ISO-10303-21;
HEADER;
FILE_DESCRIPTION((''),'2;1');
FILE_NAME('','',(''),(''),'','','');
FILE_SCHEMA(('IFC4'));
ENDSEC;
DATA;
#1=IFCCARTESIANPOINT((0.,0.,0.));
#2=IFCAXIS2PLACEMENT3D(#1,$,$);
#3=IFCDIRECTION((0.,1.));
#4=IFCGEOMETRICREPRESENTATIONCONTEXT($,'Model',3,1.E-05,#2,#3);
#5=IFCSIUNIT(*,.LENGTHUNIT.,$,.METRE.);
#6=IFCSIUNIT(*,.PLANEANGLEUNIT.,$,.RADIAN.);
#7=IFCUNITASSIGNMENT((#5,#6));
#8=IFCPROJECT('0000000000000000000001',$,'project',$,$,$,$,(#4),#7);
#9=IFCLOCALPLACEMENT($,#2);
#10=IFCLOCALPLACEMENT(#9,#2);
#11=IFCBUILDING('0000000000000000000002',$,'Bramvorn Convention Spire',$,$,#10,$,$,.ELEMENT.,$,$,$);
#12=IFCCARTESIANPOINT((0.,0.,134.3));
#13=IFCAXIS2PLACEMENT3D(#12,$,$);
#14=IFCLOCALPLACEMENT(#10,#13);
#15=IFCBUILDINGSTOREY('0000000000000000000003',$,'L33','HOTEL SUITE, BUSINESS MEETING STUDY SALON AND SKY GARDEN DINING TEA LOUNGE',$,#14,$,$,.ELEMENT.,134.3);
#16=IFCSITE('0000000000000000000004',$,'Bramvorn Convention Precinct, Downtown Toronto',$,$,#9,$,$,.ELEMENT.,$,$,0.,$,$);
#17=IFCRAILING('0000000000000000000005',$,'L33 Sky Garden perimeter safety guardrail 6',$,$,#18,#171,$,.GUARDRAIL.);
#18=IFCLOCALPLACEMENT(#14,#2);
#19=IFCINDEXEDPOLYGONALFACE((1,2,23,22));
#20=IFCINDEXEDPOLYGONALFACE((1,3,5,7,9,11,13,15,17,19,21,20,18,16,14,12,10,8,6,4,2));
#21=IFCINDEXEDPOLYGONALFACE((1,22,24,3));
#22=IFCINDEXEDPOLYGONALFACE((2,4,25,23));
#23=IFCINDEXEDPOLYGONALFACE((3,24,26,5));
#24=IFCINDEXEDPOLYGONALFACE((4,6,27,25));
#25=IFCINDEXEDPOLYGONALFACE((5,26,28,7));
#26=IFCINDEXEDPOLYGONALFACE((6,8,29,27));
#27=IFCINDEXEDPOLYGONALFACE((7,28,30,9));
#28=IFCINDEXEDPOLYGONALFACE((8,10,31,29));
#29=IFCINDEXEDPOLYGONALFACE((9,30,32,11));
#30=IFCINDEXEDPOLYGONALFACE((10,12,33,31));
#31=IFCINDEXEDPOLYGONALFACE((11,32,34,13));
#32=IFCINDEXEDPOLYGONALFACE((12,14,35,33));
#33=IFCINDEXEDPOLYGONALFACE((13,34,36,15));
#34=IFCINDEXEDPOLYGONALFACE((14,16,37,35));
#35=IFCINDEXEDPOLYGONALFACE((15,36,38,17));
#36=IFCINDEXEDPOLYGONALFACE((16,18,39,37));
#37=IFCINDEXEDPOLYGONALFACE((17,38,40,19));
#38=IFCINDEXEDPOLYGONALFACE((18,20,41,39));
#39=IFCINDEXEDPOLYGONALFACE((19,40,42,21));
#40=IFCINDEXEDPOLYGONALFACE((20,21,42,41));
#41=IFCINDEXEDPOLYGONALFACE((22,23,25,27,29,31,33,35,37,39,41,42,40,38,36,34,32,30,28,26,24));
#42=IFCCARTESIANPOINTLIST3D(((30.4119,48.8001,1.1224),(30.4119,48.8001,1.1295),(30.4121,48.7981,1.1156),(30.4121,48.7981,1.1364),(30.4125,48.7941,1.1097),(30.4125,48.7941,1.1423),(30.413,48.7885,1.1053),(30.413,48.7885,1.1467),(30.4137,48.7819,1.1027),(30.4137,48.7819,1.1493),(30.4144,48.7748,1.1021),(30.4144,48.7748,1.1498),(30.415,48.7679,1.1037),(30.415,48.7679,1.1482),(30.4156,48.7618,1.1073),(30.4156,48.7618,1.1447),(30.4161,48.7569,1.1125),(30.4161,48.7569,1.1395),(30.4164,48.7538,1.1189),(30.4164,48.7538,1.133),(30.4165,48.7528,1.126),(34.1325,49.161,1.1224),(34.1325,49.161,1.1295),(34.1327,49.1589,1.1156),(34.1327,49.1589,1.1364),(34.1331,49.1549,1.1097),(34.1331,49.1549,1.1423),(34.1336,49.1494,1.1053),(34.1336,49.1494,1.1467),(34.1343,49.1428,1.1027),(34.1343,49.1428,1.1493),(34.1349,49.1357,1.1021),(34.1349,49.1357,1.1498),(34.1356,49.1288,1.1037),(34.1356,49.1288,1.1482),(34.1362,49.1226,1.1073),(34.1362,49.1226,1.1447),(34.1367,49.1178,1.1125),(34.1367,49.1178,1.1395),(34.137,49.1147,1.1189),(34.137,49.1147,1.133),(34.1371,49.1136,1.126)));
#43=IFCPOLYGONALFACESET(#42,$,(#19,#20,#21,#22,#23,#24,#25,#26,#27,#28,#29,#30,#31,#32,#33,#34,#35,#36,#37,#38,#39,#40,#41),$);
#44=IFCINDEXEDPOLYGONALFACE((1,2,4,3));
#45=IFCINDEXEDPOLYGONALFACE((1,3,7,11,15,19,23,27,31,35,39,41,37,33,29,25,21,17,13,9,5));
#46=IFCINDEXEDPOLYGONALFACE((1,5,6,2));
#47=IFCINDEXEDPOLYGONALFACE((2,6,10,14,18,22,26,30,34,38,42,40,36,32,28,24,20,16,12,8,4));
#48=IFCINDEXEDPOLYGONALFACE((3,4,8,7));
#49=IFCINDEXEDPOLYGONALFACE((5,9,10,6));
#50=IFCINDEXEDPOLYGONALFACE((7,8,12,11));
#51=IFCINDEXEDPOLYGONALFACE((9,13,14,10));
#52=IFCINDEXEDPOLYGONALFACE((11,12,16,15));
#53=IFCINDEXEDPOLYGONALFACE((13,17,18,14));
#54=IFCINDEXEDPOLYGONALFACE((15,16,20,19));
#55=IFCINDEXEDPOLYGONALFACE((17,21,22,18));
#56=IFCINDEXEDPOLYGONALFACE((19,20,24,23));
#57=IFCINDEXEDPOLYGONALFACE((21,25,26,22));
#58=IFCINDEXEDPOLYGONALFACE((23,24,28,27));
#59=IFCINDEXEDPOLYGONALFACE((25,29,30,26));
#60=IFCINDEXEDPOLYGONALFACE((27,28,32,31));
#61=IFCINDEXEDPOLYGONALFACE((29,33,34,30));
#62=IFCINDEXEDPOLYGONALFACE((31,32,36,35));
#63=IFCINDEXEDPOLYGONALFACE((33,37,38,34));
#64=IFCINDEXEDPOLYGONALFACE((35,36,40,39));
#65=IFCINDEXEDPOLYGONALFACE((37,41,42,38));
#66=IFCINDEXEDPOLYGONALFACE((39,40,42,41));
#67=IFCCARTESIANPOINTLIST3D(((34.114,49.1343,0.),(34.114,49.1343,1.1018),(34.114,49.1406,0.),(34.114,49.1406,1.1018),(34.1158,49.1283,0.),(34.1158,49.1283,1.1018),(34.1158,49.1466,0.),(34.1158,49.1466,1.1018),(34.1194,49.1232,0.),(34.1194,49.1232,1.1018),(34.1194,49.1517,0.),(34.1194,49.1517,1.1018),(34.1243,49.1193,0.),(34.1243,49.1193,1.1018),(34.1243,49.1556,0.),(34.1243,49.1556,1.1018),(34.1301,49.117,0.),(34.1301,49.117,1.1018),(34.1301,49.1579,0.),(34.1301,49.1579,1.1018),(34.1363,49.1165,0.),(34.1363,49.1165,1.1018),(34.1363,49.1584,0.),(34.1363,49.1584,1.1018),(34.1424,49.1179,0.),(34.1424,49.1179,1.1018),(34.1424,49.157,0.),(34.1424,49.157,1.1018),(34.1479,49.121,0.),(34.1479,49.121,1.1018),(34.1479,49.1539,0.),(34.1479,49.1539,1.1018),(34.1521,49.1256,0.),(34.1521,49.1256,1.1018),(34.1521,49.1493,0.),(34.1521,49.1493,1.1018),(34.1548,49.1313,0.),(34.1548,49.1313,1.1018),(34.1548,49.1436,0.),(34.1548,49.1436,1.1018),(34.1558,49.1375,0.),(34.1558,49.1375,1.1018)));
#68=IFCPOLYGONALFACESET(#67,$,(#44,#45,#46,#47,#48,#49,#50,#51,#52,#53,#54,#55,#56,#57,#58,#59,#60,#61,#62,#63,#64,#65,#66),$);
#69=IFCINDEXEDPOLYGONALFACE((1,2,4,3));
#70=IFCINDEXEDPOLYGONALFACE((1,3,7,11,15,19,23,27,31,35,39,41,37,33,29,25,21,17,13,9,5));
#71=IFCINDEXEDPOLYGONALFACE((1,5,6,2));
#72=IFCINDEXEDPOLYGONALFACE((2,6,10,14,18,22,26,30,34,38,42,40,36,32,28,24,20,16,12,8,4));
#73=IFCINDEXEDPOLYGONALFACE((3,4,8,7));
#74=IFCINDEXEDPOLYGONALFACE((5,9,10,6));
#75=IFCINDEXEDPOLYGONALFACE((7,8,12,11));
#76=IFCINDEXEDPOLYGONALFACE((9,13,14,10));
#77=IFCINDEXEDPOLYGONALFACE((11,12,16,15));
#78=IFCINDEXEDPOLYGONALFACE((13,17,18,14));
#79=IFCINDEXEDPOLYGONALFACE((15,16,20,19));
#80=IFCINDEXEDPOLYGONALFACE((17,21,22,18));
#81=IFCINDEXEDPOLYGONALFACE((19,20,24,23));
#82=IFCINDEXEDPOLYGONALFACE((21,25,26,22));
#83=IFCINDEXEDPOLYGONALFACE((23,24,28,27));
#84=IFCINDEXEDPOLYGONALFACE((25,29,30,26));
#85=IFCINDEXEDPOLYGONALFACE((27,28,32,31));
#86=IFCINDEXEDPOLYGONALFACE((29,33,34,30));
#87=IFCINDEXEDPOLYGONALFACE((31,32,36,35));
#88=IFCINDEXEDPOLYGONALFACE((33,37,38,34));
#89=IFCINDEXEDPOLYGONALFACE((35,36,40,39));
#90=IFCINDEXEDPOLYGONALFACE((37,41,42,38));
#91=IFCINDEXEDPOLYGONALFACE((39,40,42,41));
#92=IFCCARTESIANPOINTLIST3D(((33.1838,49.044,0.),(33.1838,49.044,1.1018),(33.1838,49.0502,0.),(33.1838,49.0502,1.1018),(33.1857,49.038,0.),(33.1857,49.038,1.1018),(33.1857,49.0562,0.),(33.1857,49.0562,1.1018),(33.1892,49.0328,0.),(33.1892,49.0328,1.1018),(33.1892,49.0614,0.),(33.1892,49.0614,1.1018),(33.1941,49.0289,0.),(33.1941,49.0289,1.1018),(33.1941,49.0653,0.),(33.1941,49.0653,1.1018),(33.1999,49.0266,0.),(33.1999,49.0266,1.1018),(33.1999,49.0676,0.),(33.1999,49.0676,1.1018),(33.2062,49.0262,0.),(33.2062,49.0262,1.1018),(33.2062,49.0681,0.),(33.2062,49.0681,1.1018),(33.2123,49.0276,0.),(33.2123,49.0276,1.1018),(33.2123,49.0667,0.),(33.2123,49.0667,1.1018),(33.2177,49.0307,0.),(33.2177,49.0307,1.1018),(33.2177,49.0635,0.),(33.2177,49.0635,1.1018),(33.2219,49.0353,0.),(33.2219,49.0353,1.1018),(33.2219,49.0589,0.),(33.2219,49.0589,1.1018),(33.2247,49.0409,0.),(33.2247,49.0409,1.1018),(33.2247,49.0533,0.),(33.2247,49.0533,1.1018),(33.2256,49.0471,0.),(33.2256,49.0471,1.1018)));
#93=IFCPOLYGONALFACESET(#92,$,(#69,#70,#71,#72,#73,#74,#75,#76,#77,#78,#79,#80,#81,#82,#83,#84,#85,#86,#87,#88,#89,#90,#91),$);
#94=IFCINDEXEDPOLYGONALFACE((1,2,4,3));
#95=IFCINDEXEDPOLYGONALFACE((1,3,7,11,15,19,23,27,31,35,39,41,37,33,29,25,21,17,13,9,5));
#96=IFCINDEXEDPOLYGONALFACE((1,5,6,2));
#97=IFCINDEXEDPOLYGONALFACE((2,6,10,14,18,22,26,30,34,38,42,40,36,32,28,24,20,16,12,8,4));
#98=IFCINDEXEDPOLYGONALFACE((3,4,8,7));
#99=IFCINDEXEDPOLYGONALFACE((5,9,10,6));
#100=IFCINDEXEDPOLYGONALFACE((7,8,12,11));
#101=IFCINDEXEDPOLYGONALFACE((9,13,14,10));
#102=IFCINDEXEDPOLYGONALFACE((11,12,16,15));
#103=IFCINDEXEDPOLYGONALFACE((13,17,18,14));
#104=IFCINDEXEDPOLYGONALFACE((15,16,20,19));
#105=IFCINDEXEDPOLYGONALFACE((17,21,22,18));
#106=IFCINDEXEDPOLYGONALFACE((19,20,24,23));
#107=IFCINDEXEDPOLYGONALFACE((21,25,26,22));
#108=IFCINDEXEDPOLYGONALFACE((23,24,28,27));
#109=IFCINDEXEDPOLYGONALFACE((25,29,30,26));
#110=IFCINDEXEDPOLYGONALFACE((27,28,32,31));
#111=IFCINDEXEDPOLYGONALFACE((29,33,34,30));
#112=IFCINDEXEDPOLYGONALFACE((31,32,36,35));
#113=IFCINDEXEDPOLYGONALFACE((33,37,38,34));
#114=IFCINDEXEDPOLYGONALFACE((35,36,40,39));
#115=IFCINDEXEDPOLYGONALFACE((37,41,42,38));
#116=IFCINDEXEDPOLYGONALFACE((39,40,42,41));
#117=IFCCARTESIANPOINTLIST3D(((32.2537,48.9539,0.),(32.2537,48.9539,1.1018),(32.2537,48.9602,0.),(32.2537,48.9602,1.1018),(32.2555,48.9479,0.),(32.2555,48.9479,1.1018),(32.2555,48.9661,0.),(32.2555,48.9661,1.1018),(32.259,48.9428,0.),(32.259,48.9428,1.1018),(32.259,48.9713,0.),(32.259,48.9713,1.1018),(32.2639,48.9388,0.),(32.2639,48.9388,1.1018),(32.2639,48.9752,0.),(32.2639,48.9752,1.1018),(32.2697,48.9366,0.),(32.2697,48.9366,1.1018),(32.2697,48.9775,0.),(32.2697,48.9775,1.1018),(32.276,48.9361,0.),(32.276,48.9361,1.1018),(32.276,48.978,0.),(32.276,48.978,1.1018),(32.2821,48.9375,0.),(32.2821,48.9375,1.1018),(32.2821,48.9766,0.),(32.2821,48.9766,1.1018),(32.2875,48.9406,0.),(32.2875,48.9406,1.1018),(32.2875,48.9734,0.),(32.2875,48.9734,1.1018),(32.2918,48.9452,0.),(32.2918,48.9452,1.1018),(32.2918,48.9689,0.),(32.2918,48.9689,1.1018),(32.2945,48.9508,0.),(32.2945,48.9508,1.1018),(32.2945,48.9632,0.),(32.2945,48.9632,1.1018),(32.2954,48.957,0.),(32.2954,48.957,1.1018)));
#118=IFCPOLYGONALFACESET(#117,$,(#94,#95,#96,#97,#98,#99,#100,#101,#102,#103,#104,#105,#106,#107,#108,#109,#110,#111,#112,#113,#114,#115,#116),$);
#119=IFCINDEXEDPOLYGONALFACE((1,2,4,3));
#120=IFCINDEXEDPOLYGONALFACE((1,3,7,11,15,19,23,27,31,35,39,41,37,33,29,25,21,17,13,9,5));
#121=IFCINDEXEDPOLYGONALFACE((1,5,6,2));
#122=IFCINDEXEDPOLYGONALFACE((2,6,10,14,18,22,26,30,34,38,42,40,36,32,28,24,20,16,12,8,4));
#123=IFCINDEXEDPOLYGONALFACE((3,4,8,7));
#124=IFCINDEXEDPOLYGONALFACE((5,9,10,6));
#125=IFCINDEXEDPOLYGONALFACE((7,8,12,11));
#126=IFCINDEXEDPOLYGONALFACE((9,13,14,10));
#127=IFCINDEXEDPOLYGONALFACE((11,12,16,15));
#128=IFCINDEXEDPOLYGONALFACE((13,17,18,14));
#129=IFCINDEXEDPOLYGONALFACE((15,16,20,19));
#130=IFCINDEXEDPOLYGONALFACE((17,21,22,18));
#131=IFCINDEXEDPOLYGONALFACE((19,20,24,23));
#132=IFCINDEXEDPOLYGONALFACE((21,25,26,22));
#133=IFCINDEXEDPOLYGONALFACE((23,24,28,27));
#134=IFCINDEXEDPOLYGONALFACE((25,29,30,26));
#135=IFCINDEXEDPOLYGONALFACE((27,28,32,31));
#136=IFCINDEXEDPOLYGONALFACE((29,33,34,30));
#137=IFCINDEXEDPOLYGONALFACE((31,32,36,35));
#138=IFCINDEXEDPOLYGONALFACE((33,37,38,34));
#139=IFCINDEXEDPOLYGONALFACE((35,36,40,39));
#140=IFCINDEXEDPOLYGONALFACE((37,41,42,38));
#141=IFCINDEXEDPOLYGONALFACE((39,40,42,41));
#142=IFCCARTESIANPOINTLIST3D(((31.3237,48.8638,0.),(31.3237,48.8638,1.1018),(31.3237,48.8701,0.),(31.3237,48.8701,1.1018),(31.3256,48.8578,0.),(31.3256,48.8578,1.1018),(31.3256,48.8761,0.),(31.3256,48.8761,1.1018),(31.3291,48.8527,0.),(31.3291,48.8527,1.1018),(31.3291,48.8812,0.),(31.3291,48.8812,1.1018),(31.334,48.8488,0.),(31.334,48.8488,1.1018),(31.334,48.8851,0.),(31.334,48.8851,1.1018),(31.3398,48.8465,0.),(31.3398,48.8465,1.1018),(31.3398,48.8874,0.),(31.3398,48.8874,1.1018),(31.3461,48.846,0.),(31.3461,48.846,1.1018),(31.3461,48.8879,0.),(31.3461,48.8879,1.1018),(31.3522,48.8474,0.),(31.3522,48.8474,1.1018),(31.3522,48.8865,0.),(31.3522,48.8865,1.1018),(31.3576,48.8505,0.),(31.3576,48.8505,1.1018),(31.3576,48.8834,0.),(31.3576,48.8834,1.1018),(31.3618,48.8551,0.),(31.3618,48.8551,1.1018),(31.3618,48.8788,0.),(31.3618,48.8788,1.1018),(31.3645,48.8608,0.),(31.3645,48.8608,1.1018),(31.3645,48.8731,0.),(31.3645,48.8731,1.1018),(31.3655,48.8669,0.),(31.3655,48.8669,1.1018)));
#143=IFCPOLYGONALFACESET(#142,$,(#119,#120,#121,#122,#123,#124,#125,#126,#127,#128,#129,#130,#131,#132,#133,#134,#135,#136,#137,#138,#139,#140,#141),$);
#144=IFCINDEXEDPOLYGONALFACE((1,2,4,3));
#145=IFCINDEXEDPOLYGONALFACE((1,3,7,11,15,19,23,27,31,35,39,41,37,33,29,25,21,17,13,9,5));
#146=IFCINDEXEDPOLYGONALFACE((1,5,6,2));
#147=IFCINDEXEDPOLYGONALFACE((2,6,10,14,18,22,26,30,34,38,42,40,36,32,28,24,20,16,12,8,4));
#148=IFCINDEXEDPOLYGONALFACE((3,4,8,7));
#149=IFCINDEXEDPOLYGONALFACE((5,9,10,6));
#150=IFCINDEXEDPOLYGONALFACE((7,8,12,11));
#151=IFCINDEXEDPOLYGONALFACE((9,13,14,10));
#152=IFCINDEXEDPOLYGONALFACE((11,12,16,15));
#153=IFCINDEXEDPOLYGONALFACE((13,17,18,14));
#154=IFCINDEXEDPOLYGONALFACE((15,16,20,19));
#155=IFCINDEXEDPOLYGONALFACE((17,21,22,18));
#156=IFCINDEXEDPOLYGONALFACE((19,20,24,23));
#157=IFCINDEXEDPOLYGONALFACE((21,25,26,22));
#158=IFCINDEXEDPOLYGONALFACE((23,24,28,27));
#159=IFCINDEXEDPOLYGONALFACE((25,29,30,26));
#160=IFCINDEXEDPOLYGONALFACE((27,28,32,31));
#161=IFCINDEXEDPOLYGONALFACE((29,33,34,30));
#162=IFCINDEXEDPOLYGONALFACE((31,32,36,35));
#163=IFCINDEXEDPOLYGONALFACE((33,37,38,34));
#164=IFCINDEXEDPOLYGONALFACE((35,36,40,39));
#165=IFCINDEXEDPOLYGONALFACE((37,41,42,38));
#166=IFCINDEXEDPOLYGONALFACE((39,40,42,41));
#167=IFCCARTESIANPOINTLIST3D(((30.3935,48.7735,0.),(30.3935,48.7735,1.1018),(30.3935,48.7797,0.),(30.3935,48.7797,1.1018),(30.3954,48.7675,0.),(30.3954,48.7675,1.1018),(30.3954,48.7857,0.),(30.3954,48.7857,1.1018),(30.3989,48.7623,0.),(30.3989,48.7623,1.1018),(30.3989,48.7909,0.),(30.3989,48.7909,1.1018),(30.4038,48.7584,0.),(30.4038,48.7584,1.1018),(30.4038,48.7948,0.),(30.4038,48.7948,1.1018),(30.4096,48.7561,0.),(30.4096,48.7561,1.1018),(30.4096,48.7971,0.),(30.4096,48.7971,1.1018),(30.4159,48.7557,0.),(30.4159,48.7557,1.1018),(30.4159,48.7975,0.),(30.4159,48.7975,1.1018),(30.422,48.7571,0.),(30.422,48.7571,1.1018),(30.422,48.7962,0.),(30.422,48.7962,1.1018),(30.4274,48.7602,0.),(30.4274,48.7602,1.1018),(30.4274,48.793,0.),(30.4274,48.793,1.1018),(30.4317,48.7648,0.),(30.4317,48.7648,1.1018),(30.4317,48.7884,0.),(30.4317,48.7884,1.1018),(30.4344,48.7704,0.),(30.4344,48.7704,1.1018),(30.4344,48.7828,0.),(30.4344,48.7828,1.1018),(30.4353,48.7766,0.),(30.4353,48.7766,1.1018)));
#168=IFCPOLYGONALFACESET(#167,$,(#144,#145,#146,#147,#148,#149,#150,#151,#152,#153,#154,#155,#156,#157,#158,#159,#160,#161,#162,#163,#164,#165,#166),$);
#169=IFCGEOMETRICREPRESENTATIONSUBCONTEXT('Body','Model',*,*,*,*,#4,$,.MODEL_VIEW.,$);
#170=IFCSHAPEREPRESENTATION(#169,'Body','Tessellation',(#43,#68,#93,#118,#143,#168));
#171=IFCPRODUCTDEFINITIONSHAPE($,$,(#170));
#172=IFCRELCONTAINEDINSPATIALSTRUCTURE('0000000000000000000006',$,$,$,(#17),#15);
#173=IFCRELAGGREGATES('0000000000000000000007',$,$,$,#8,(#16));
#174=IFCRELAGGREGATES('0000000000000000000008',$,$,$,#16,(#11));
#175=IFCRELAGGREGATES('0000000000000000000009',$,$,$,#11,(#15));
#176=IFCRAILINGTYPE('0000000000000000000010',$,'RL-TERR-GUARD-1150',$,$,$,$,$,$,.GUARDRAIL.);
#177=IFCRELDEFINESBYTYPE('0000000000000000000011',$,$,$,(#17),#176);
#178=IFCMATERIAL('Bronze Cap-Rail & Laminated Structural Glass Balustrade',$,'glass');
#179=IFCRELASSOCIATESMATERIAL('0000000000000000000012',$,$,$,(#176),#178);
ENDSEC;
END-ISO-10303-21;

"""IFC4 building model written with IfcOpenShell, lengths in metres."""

from ifc_helpers import new_model, si_unit, direction, frame, origin, origin_2d, place, context, subcontext, project, spatial, circle, extrude, material, type_object, element, save


model = new_model("IFC4")

# Units and contexts
model_context = context("Model", 3, precision=1e-05, world=origin(), true_north=direction((0.0, 1.0)))
body_context = subcontext(model_context, "Body", "Model", "MODEL_VIEW")
ifc_project = project(units=[si_unit("LENGTHUNIT", "METRE"), si_unit("PLANEANGLEUNIT", "RADIAN")], contexts=[model_context])

# Site, building, storey
site_placement = place(None, origin())
site = spatial("IfcSite", under=ifc_project, at=site_placement, Name="Bramvorn Convention Precinct, Downtown Toronto", CompositionType="ELEMENT", RefElevation=0.0)
building_placement = place(site_placement, origin())
building = spatial("IfcBuilding", under=site, at=building_placement, Name="Bramvorn Convention Spire", CompositionType="ELEMENT")
storey_placement = place(building_placement, frame((0.0, 0.0, 134.3)))
storey = spatial("IfcBuildingStorey", under=building, at=storey_placement, Name="L33", Description="HOTEL SUITE, BUSINESS MEETING STUDY SALON AND SKY GARDEN DINING TEA LOUNGE", CompositionType="ELEMENT", Elevation=134.3)

# Railing
ifc_material_1 = material(Name="Bronze Cap-Rail & Laminated Structural Glass Balustrade", Category="glass")
railing_type = type_object("IfcRailingType", Name="RL-TERR-GUARD-1150", PredefinedType="GUARDRAIL", material=ifc_material_1)
railing_1_placement = place(storey_placement, frame((34.1348, 49.1375, 0.0)))
element("IfcRailing", 1, at=railing_1_placement, inside=storey, type_object=railing_type, Name="L33 Sky Garden perimeter safety guardrail 6", PredefinedType="GUARDRAIL", context=body_context, shape_type="SweptSolid", body=[
    extrude(circle(Radius=0.0239, at=origin_2d()), frame((0.0, 0.0, 1.126), z_axis=(-0.99533, -0.096535, 0.0), x_axis=(0.096535, -0.99533, 0.0)), (0.0, 0.0, 1.0), 3.738),
    extrude(circle(Radius=0.021, at=origin_2d()), origin(), (0.0, 0.0, 1.0), 1.1018),
    extrude(circle(Radius=0.021, at=origin_2d()), frame((-0.9302, -0.0903, 0.0)), (0.0, 0.0, 1.0), 1.1018),
    extrude(circle(Radius=0.021, at=origin_2d()), frame((-1.8604, -0.1804, 0.0)), (0.0, 0.0, 1.0), 1.1018),
    extrude(circle(Radius=0.021, at=origin_2d()), frame((-2.7903, -0.2705, 0.0)), (0.0, 0.0, 1.0), 1.1018),
    extrude(circle(Radius=0.021, at=origin_2d()), frame((-3.7205, -0.3608, 0.0)), (0.0, 0.0, 1.0), 1.1018),
])

save(model, "model.ifc")
